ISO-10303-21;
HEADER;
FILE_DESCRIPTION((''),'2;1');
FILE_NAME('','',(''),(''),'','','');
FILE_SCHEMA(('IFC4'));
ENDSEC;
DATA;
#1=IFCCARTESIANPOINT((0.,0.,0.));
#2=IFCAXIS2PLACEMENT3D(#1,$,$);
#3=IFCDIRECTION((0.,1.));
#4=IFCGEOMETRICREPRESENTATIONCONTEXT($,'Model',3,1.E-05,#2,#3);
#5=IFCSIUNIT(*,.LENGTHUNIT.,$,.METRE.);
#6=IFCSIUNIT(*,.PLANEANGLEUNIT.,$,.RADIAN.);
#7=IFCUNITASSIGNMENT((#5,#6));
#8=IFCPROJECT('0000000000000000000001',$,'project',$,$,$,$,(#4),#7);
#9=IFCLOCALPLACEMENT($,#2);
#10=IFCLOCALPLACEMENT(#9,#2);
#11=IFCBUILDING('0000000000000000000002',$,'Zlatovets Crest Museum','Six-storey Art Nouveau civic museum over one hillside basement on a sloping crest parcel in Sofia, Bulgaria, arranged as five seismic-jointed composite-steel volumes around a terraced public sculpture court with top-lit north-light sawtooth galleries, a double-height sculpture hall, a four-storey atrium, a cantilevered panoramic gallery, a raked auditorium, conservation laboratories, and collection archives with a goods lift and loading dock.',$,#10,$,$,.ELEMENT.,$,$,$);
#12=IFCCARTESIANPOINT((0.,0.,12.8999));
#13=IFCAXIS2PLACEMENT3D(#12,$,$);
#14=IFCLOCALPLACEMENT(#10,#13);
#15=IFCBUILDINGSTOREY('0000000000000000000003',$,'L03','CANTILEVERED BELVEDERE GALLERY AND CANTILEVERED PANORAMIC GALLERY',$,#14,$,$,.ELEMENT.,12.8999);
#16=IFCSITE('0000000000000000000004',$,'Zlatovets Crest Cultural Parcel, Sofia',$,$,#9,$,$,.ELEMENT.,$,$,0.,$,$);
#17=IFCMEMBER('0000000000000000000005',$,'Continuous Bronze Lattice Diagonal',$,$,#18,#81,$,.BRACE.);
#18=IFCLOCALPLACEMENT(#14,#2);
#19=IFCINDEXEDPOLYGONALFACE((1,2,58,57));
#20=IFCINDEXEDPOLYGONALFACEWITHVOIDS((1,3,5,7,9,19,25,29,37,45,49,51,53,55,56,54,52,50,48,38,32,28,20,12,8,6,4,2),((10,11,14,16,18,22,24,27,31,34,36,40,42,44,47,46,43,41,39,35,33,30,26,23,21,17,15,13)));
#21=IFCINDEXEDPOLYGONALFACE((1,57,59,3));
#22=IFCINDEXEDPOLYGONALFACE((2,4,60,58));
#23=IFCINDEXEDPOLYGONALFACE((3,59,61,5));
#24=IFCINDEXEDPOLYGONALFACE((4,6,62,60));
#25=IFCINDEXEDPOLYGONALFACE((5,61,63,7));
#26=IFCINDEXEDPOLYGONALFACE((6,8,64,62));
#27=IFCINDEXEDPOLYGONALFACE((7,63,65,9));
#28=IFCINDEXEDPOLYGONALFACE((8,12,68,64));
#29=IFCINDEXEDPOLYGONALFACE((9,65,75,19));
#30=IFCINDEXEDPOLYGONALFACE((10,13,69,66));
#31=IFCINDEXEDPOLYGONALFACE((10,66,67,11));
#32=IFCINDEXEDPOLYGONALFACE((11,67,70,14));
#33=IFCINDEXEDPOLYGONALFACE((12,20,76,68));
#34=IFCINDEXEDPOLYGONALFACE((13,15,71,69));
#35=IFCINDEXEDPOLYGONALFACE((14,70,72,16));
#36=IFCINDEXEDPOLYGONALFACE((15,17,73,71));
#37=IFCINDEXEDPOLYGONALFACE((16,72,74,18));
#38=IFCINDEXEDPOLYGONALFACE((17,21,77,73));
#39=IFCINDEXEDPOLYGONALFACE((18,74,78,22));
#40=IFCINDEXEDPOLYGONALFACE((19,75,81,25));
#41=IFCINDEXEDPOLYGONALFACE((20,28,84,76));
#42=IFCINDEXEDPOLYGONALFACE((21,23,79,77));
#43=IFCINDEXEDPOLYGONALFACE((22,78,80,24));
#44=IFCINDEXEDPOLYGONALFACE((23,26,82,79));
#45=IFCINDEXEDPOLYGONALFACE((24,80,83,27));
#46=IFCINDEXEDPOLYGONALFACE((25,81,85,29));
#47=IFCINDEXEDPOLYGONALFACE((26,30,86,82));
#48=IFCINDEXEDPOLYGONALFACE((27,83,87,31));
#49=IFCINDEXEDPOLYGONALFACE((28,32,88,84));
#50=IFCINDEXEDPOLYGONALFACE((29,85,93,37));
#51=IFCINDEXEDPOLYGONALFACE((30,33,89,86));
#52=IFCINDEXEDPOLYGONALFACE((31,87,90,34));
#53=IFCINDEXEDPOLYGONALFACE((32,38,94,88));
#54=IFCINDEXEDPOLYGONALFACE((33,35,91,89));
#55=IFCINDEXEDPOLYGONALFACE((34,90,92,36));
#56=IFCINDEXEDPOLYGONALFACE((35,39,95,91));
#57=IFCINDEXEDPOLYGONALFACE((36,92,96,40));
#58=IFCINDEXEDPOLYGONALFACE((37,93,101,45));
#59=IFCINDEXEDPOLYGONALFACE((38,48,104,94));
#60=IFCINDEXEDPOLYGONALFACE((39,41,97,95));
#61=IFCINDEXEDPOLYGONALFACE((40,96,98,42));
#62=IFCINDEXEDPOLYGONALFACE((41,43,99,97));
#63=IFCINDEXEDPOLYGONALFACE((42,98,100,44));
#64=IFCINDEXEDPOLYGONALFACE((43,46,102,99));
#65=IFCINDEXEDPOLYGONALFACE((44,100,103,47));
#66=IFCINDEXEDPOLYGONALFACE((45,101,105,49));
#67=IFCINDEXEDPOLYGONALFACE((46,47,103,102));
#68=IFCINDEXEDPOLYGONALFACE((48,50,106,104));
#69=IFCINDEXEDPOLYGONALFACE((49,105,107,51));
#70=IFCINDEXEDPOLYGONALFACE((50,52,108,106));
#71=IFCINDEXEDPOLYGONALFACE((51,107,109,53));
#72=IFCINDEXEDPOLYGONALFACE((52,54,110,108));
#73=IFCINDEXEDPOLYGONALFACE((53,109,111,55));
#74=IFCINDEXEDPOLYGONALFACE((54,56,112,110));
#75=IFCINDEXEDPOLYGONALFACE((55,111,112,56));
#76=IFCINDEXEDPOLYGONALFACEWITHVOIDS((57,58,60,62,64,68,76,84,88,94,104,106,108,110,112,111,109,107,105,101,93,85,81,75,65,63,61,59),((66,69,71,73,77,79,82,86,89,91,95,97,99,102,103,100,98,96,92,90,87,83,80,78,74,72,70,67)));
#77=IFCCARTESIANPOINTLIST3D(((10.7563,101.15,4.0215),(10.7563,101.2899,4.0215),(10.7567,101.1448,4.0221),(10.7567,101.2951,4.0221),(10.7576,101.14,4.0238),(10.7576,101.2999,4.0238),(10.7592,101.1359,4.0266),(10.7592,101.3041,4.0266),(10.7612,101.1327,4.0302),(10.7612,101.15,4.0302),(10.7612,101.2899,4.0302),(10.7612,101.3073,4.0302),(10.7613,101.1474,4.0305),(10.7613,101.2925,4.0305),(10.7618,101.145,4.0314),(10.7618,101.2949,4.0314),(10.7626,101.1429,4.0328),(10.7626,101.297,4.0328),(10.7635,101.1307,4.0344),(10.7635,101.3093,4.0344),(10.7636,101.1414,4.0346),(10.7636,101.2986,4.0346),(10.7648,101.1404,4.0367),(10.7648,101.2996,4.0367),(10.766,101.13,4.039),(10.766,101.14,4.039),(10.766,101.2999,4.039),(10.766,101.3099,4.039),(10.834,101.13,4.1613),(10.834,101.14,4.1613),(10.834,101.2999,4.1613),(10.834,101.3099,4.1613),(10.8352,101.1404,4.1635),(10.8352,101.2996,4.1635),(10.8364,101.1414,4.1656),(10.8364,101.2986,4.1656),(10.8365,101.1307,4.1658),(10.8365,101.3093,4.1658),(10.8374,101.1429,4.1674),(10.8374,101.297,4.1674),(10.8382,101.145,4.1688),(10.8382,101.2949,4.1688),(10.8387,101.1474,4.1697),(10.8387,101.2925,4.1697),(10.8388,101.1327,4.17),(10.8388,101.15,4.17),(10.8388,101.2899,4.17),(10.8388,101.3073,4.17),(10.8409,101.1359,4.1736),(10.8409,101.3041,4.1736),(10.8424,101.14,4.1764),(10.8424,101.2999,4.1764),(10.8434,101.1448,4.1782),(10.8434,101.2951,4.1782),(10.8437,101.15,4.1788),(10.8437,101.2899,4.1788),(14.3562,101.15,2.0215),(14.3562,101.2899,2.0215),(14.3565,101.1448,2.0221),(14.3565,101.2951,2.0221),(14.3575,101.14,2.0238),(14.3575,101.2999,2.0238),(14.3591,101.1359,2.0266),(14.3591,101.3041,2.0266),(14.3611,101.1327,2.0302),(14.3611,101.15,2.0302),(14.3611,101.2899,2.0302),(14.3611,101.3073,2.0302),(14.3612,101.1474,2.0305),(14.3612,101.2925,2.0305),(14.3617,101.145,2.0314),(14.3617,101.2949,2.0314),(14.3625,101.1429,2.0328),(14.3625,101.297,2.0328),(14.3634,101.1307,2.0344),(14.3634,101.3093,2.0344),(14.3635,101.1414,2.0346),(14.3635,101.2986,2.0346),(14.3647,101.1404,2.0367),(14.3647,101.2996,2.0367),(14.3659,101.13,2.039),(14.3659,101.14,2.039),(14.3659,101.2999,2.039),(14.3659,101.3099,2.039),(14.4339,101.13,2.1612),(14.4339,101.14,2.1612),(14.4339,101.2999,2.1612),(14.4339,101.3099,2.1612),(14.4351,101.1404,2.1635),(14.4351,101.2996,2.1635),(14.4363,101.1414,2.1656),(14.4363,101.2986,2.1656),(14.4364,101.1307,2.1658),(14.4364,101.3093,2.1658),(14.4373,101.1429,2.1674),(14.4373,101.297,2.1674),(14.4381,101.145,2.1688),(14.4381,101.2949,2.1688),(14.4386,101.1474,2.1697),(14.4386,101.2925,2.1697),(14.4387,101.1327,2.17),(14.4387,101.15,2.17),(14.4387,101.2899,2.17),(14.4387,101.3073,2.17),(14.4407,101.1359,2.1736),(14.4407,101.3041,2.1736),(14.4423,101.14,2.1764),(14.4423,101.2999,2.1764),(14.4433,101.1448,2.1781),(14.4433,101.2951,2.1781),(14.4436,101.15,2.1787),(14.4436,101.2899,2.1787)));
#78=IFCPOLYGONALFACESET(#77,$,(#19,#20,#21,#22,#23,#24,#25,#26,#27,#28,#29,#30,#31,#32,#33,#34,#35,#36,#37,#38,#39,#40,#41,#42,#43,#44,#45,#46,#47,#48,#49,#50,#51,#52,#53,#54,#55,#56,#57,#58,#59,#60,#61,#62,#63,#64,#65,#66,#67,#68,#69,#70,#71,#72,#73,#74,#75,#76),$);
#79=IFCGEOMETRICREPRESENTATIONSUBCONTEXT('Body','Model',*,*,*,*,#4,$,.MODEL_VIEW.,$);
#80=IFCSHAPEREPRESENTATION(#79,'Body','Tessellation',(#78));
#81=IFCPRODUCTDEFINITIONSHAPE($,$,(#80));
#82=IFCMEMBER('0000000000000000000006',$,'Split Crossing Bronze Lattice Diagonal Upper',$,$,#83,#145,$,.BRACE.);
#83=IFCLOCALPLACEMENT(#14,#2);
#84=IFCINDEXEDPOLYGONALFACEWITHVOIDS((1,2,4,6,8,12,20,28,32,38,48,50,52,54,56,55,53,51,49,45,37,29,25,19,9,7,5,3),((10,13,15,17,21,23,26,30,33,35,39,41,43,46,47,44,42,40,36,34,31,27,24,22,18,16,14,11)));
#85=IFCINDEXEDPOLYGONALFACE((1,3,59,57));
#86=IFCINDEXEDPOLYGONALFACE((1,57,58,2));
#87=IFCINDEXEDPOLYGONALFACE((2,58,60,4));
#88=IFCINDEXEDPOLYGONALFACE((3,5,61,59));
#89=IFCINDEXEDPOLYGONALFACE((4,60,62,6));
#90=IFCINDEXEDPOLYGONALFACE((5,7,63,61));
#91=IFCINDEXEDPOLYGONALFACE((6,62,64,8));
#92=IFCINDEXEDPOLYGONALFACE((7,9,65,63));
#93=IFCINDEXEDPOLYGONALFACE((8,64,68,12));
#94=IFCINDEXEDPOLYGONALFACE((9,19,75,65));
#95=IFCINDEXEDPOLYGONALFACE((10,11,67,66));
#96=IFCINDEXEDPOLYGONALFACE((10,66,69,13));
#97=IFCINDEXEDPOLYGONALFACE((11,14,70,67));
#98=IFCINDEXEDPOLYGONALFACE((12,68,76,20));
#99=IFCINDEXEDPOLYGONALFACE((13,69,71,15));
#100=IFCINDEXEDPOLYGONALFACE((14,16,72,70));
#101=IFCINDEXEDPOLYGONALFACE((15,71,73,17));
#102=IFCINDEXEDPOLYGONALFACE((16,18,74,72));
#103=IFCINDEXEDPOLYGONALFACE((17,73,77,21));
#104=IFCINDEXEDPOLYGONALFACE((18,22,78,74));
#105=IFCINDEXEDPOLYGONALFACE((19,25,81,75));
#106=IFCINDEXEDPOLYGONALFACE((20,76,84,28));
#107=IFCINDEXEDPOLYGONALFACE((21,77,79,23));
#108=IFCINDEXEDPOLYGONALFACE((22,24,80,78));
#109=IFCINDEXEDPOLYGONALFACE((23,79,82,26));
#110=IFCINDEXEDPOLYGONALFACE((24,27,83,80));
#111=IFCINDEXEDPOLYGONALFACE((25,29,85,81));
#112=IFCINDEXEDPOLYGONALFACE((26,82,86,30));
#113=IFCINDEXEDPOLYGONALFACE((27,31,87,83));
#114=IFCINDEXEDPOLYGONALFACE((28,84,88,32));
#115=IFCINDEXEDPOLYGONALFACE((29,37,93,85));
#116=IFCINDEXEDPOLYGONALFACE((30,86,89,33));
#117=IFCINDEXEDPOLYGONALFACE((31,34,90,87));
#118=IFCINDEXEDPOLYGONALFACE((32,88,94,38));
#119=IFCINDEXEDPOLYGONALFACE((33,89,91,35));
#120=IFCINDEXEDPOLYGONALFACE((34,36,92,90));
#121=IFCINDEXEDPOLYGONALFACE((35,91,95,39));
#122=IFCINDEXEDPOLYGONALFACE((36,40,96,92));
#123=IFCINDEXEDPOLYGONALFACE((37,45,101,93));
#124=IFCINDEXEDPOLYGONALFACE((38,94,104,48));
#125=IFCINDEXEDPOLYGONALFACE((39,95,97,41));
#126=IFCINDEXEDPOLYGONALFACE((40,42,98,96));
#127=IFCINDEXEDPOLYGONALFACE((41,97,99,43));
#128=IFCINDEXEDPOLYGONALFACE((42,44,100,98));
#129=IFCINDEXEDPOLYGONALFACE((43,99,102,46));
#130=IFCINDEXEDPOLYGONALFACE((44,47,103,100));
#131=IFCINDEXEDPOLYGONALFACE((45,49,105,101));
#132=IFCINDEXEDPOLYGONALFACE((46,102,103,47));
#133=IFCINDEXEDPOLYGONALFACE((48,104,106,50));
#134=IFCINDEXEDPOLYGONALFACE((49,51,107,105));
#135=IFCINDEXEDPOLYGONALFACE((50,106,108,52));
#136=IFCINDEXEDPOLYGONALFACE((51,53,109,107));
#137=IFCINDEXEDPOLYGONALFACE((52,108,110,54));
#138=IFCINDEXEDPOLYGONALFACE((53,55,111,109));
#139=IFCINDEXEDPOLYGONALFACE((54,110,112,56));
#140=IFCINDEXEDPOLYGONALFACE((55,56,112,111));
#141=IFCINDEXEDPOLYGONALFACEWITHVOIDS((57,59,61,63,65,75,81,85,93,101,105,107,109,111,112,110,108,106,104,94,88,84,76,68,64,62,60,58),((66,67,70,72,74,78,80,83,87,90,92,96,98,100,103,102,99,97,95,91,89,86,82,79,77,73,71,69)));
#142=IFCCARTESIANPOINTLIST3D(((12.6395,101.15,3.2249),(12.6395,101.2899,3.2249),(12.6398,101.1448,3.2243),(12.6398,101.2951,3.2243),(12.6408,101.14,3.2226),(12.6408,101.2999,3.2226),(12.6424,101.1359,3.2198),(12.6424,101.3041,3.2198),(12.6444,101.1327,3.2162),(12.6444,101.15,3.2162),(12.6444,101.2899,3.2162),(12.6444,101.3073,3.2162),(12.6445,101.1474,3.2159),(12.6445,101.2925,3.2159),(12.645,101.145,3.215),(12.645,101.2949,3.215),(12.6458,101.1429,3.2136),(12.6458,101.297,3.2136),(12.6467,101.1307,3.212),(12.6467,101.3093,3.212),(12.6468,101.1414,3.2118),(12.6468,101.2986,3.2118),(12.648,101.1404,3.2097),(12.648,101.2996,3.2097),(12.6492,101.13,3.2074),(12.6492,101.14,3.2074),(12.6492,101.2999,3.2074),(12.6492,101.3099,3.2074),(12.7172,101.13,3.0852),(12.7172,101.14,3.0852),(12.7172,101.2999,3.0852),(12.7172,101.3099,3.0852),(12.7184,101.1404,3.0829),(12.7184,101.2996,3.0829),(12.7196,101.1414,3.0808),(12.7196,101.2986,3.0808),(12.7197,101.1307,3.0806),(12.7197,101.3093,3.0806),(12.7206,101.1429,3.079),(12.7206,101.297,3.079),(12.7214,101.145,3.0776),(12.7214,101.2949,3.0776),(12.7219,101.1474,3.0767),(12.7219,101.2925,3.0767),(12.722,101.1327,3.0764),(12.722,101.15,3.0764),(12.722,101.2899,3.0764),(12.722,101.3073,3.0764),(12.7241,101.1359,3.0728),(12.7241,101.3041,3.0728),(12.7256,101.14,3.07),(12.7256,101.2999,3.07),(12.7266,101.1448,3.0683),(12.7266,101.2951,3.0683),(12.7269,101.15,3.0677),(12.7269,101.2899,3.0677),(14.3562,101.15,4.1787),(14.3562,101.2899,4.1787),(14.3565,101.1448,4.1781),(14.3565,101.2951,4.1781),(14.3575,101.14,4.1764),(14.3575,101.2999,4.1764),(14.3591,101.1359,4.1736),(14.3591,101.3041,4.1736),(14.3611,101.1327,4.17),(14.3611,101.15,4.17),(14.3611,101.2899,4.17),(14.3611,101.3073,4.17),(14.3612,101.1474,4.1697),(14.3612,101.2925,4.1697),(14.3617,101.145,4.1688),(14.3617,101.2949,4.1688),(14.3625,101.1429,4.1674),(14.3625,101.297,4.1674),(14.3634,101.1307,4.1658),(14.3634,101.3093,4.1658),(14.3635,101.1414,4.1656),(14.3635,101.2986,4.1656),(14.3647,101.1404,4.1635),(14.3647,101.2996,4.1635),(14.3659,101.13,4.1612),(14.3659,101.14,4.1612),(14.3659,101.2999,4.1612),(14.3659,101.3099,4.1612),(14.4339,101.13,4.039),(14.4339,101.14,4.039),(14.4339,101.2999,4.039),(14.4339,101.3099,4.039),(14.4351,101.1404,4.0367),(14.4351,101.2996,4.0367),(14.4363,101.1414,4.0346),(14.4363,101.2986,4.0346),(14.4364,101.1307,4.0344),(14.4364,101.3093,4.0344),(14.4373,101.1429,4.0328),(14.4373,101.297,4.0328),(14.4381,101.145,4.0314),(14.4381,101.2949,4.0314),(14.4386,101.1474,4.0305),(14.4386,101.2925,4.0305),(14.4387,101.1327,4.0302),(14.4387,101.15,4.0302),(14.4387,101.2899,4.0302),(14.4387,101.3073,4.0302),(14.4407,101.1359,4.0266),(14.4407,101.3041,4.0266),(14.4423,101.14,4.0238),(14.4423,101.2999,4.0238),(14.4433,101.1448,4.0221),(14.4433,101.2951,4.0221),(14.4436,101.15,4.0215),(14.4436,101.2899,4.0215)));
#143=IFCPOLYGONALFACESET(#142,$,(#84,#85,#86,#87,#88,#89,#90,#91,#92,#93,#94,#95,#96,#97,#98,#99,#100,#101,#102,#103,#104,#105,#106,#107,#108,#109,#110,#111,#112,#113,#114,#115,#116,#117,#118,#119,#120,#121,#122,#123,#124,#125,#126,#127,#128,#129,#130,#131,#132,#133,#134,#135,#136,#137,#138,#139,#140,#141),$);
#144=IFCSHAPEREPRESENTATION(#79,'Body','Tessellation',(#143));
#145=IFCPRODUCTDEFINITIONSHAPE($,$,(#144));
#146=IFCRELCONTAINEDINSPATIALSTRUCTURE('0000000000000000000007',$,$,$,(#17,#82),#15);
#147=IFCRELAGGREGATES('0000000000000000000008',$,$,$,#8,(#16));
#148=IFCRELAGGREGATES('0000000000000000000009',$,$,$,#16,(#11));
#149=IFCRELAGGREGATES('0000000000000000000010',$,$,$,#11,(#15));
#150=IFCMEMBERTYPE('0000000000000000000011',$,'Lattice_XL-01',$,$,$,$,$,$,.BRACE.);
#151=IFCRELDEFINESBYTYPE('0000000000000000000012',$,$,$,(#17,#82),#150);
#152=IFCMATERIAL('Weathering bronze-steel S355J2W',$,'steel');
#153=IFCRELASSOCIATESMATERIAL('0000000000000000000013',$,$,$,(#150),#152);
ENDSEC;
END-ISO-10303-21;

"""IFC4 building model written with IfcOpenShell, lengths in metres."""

from ifc_helpers import new_model, si_unit, direction, frame, origin, origin_2d, place, context, subcontext, project, spatial, hollow_rectangle, extrude, material, material_profile, profile_set, type_object, element, save


model = new_model("IFC4")

# Units and contexts
model_context = context("Model", 3, precision=1e-05, world=origin(), true_north=direction((0.0, 1.0)))
body_context = subcontext(model_context, "Body", "Model", "MODEL_VIEW")
ifc_project = project(units=[si_unit("LENGTHUNIT", "METRE"), si_unit("PLANEANGLEUNIT", "RADIAN")], contexts=[model_context])

# Site, building, storey
site_placement = place(None, origin())
site = spatial("IfcSite", under=ifc_project, at=site_placement, Name="Zlatovets Crest Cultural Parcel, Sofia", CompositionType="ELEMENT", RefElevation=0.0)
building_placement = place(site_placement, origin())
building = spatial("IfcBuilding", under=site, at=building_placement, Name="Zlatovets Crest Museum", Description="Six-storey Art Nouveau civic museum over one hillside basement on a sloping crest parcel in Sofia, Bulgaria, arranged as five seismic-jointed composite-steel volumes around a terraced public sculpture court with top-lit north-light sawtooth galleries, a double-height sculpture hall, a four-storey atrium, a cantilevered panoramic gallery, a raked auditorium, conservation laboratories, and collection archives with a goods lift and loading dock.", CompositionType="ELEMENT")
storey_placement = place(building_placement, frame((0.0, 0.0, 12.8999)))
storey = spatial("IfcBuildingStorey", under=building, at=storey_placement, Name="L03", Description="CANTILEVERED BELVEDERE GALLERY AND CANTILEVERED PANORAMIC GALLERY", CompositionType="ELEMENT", Elevation=12.8999)

# Members
ifc_material_1 = material(Name="Weathering bronze-steel S355J2W", Category="steel")
ifc_material_profile_1 = material_profile(ifc_material_1, hollow_rectangle(XDim=0.1799, YDim=0.1799, WallThickness=0.01, InnerFilletRadius=0.01, OuterFilletRadius=0.02, at=origin_2d()), Name="SHS 180x180x10.0")
ifc_profile_set_1 = profile_set([ifc_material_profile_1], Name="Weathering bronze-steel S355J2W")
member_type_1 = type_object("IfcMemberType", Name="Lattice_XL-01", PredefinedType="BRACE", material=ifc_profile_set_1)
member_1_placement = place(storey_placement, frame((14.3999, 101.22, 2.1001), z_axis=(-0.874149, 0.0, 0.485658), x_axis=(0.0, -1.0, 0.0)))
element("IfcMember", 1, at=member_1_placement, inside=storey, type_object=member_type_1, Name="Continuous Bronze Lattice Diagonal", PredefinedType="BRACE", context=body_context, shape_type="SweptSolid", body=[
    extrude(hollow_rectangle(XDim=0.1799, YDim=0.1799, WallThickness=0.01, InnerFilletRadius=0.01, OuterFilletRadius=0.02, at=origin_2d()), origin(), (0.0, 0.0, 1.0), 4.1182),
])
member_2_placement = place(storey_placement, frame((14.3999, 101.22, 4.1001), z_axis=(-0.87414, 0.0, -0.485675), x_axis=(0.0, -1.0, 0.0)))
element("IfcMember", 2, at=member_2_placement, inside=storey, type_object=member_type_1, Name="Split Crossing Bronze Lattice Diagonal Upper", PredefinedType="BRACE", context=body_context, shape_type="SweptSolid", body=[
    extrude(hollow_rectangle(XDim=0.1799, YDim=0.1799, WallThickness=0.01, InnerFilletRadius=0.01, OuterFilletRadius=0.02, at=origin_2d()), origin(), (0.0, 0.0, 1.0), 1.9639),
])

save(model, "model.ifc")
